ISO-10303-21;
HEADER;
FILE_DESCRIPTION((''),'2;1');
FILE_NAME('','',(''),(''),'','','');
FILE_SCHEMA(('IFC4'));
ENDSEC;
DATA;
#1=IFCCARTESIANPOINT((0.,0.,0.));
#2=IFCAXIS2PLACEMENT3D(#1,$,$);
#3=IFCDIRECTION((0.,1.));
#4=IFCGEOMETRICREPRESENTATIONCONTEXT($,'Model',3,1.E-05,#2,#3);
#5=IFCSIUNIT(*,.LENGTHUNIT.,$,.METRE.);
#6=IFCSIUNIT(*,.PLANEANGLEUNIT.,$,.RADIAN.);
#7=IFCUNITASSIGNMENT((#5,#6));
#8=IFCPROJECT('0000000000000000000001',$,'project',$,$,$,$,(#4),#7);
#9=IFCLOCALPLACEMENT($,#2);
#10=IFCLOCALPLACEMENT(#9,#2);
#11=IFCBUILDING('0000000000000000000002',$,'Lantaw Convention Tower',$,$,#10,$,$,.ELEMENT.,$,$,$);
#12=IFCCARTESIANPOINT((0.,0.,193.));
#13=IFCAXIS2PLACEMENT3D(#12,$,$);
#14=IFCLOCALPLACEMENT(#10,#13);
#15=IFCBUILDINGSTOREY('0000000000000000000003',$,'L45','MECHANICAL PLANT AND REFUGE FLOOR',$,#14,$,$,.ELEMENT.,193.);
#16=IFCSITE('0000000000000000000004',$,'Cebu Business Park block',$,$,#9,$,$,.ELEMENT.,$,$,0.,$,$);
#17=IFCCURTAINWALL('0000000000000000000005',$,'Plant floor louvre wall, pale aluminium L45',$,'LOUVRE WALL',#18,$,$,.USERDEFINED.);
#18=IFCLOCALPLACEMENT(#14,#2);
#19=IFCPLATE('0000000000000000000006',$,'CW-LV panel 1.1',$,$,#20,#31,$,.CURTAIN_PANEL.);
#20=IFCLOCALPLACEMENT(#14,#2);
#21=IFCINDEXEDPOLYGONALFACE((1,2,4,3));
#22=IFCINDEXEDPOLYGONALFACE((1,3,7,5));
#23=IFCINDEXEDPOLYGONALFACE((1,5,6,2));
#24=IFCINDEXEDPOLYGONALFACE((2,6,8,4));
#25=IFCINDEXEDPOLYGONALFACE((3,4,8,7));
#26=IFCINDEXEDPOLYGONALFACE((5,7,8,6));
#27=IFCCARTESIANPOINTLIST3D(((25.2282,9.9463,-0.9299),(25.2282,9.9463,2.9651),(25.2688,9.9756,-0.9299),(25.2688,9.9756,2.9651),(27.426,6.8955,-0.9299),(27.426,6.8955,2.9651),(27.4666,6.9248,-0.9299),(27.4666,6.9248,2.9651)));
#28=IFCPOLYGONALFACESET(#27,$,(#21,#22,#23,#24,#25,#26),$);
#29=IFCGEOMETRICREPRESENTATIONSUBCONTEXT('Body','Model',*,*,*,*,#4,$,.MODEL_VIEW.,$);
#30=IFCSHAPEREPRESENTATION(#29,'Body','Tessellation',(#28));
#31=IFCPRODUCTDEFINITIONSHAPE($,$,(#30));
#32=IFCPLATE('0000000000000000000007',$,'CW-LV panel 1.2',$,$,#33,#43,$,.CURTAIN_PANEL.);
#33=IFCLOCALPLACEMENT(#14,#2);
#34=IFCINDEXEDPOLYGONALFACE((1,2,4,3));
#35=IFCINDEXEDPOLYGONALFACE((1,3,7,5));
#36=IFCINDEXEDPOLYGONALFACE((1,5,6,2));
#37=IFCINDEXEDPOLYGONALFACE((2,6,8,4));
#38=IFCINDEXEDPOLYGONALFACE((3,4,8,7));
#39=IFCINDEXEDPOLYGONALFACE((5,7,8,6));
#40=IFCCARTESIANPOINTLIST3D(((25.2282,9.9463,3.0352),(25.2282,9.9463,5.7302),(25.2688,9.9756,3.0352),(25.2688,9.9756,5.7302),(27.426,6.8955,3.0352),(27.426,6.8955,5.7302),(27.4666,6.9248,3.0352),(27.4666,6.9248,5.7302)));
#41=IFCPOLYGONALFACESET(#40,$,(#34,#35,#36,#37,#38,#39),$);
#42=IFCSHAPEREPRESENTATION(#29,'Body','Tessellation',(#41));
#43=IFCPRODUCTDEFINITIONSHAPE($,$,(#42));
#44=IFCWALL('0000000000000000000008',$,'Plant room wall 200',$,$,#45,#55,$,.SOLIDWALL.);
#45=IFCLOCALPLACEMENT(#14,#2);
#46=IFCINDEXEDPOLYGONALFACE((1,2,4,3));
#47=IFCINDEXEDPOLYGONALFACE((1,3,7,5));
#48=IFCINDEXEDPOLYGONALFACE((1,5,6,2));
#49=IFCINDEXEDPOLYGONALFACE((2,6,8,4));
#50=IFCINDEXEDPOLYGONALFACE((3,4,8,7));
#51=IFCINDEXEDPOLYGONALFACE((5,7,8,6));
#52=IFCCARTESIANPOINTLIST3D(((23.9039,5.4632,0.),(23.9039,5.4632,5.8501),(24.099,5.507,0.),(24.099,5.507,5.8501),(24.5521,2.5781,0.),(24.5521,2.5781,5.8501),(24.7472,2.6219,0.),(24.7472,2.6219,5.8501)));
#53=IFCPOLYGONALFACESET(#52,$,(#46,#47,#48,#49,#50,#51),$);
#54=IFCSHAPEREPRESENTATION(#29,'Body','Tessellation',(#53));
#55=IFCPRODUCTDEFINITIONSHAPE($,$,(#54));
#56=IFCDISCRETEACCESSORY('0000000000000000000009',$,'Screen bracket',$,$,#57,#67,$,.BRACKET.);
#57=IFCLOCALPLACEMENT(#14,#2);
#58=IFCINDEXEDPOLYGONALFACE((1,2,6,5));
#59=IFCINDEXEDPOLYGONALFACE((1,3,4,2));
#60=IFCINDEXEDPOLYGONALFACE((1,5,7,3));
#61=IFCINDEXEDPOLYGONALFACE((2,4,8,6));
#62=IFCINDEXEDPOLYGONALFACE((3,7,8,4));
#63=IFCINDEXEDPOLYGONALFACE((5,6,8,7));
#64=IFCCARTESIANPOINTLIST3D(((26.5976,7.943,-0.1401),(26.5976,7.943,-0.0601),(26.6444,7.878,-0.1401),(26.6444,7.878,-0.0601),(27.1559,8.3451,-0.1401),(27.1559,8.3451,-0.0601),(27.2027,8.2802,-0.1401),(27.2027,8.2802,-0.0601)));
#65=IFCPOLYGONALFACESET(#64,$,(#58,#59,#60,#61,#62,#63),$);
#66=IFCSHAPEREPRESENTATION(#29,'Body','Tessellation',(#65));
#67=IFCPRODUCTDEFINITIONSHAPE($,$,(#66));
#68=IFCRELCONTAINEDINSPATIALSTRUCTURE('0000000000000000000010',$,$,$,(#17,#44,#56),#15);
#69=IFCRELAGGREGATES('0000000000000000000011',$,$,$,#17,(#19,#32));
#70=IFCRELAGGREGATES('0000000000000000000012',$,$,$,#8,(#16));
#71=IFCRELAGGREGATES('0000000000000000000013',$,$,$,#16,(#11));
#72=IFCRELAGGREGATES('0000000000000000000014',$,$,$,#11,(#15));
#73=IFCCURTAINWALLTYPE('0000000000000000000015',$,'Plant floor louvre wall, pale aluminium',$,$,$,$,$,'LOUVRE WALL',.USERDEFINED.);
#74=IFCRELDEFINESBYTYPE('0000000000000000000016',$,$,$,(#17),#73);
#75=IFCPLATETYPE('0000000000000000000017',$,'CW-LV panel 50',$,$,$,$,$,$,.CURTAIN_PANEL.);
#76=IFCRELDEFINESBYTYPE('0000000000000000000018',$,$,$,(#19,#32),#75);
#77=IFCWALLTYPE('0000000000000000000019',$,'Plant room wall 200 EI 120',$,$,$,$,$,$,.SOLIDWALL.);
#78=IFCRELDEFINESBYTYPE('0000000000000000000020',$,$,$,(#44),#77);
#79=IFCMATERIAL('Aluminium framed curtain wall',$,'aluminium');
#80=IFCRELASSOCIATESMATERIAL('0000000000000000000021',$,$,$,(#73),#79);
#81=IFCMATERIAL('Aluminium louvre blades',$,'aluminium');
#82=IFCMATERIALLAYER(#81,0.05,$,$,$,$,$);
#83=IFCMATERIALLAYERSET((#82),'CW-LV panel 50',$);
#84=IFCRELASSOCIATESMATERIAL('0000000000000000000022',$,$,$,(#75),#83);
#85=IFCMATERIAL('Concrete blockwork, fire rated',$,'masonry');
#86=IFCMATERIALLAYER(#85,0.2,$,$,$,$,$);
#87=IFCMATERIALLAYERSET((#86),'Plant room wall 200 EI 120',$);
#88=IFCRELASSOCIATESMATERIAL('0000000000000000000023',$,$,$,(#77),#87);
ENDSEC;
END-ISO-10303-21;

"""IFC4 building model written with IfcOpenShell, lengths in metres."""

from ifc_helpers import new_model, si_unit, direction, frame, frame_2d, origin, origin_2d, place, context, subcontext, project, spatial, rectangle, extrude, material, layer, layer_set, type_object, element, aggregate, save


model = new_model("IFC4")

# Units and contexts
model_context = context("Model", 3, precision=1e-05, world=origin(), true_north=direction((0.0, 1.0)))
body_context = subcontext(model_context, "Body", "Model", "MODEL_VIEW")
ifc_project = project(units=[si_unit("LENGTHUNIT", "METRE"), si_unit("PLANEANGLEUNIT", "RADIAN")], contexts=[model_context])

# Site, building, storey
site_placement = place(None, origin())
site = spatial("IfcSite", under=ifc_project, at=site_placement, Name="Cebu Business Park block", CompositionType="ELEMENT", RefElevation=0.0)
building_placement = place(site_placement, origin())
building = spatial("IfcBuilding", under=site, at=building_placement, Name="Lantaw Convention Tower", CompositionType="ELEMENT")
storey_placement = place(building_placement, frame((0.0, 0.0, 193.0)))
storey = spatial("IfcBuildingStorey", under=building, at=storey_placement, Name="L45", Description="MECHANICAL PLANT AND REFUGE FLOOR", CompositionType="ELEMENT", Elevation=193.0)

# Curtain wall
ifc_material_1 = material(Name="Aluminium framed curtain wall", Category="aluminium")
curtain_wall_type = type_object("IfcCurtainWallType", Name="Plant floor louvre wall, pale aluminium", ElementType="LOUVRE WALL", PredefinedType="USERDEFINED", material=ifc_material_1)
curtain_wall_placement = place(storey_placement, origin())
curtain_wall = element("IfcCurtainWall", 1, at=curtain_wall_placement, inside=storey, type_object=curtain_wall_type, Name="Plant floor louvre wall, pale aluminium L45", ObjectType="LOUVRE WALL", PredefinedType="USERDEFINED")

# Plates
ifc_material_2 = material(Name="Aluminium louvre blades", Category="aluminium")
ifc_layer_1 = layer(ifc_material_2, 0.05)
ifc_layer_set_1 = layer_set([ifc_layer_1], Name="CW-LV panel 50")
plate_type = type_object("IfcPlateType", Name="CW-LV panel 50", PredefinedType="CURTAIN_PANEL", material=ifc_layer_set_1)
plate_1_placement = place(storey_placement, frame((26.3474, 8.4355, -0.9299), z_axis=(0.0, 0.0, 1.0), x_axis=(-0.584513, 0.811385, 0.0)))
plate_1 = element("IfcPlate", 2, at=plate_1_placement, type_object=plate_type, Name="CW-LV panel 1.1", PredefinedType="CURTAIN_PANEL", context=body_context, shape_type="SweptSolid", body=[
    extrude(rectangle(XDim=3.76, YDim=0.05, at=origin_2d()), origin(), (0.0, 0.0, 1.0), 3.895),
])
plate_2_placement = place(storey_placement, frame((26.3474, 8.4355, 3.0352), z_axis=(0.0, 0.0, 1.0), x_axis=(-0.584513, 0.811385, 0.0)))
plate_2 = element("IfcPlate", 3, at=plate_2_placement, type_object=plate_type, Name="CW-LV panel 1.2", PredefinedType="CURTAIN_PANEL", context=body_context, shape_type="SweptSolid", body=[
    extrude(rectangle(XDim=3.76, YDim=0.05, at=origin_2d()), origin(), (0.0, 0.0, 1.0), 2.6951),
])
aggregate(curtain_wall, [plate_1, plate_2])

# Wall
ifc_material_3 = material(Name="Concrete blockwork, fire rated", Category="masonry")
ifc_layer_2 = layer(ifc_material_3, 0.2)
ifc_layer_set_2 = layer_set([ifc_layer_2], Name="Plant room wall 200 EI 120")
wall_type = type_object("IfcWallType", Name="Plant room wall 200 EI 120", PredefinedType="SOLIDWALL", material=ifc_layer_set_2)
wall_placement = place(storey_placement, frame((24.0015, 5.4851, 0.0), z_axis=(0.0, 0.0, 1.0), x_axis=(0.219212, -0.975677, 0.0)))
element("IfcWall", 4, at=wall_placement, inside=storey, type_object=wall_type, Name="Plant room wall 200", PredefinedType="SOLIDWALL", context=body_context, shape_type="SweptSolid", body=[
    extrude(rectangle(XDim=2.957, YDim=0.2, at=frame_2d((1.4785, 0.0))), origin(), (0.0, 0.0, 1.0), 5.8501),
])

# Discrete accessory
discrete_accessory_placement = place(storey_placement, frame((26.9001, 8.1116, -0.1401), z_axis=(0.0, 0.0, 1.0), x_axis=(-0.584513, 0.811385, 0.0)))
element("IfcDiscreteAccessory", 5, at=discrete_accessory_placement, inside=storey, Name="Screen bracket", PredefinedType="BRACKET", context=body_context, shape_type="SweptSolid", body=[
    extrude(rectangle(XDim=0.0801, YDim=0.688, at=origin_2d()), origin(), (0.0, 0.0, 1.0), 0.0801),
])

save(model, "model.ifc")
